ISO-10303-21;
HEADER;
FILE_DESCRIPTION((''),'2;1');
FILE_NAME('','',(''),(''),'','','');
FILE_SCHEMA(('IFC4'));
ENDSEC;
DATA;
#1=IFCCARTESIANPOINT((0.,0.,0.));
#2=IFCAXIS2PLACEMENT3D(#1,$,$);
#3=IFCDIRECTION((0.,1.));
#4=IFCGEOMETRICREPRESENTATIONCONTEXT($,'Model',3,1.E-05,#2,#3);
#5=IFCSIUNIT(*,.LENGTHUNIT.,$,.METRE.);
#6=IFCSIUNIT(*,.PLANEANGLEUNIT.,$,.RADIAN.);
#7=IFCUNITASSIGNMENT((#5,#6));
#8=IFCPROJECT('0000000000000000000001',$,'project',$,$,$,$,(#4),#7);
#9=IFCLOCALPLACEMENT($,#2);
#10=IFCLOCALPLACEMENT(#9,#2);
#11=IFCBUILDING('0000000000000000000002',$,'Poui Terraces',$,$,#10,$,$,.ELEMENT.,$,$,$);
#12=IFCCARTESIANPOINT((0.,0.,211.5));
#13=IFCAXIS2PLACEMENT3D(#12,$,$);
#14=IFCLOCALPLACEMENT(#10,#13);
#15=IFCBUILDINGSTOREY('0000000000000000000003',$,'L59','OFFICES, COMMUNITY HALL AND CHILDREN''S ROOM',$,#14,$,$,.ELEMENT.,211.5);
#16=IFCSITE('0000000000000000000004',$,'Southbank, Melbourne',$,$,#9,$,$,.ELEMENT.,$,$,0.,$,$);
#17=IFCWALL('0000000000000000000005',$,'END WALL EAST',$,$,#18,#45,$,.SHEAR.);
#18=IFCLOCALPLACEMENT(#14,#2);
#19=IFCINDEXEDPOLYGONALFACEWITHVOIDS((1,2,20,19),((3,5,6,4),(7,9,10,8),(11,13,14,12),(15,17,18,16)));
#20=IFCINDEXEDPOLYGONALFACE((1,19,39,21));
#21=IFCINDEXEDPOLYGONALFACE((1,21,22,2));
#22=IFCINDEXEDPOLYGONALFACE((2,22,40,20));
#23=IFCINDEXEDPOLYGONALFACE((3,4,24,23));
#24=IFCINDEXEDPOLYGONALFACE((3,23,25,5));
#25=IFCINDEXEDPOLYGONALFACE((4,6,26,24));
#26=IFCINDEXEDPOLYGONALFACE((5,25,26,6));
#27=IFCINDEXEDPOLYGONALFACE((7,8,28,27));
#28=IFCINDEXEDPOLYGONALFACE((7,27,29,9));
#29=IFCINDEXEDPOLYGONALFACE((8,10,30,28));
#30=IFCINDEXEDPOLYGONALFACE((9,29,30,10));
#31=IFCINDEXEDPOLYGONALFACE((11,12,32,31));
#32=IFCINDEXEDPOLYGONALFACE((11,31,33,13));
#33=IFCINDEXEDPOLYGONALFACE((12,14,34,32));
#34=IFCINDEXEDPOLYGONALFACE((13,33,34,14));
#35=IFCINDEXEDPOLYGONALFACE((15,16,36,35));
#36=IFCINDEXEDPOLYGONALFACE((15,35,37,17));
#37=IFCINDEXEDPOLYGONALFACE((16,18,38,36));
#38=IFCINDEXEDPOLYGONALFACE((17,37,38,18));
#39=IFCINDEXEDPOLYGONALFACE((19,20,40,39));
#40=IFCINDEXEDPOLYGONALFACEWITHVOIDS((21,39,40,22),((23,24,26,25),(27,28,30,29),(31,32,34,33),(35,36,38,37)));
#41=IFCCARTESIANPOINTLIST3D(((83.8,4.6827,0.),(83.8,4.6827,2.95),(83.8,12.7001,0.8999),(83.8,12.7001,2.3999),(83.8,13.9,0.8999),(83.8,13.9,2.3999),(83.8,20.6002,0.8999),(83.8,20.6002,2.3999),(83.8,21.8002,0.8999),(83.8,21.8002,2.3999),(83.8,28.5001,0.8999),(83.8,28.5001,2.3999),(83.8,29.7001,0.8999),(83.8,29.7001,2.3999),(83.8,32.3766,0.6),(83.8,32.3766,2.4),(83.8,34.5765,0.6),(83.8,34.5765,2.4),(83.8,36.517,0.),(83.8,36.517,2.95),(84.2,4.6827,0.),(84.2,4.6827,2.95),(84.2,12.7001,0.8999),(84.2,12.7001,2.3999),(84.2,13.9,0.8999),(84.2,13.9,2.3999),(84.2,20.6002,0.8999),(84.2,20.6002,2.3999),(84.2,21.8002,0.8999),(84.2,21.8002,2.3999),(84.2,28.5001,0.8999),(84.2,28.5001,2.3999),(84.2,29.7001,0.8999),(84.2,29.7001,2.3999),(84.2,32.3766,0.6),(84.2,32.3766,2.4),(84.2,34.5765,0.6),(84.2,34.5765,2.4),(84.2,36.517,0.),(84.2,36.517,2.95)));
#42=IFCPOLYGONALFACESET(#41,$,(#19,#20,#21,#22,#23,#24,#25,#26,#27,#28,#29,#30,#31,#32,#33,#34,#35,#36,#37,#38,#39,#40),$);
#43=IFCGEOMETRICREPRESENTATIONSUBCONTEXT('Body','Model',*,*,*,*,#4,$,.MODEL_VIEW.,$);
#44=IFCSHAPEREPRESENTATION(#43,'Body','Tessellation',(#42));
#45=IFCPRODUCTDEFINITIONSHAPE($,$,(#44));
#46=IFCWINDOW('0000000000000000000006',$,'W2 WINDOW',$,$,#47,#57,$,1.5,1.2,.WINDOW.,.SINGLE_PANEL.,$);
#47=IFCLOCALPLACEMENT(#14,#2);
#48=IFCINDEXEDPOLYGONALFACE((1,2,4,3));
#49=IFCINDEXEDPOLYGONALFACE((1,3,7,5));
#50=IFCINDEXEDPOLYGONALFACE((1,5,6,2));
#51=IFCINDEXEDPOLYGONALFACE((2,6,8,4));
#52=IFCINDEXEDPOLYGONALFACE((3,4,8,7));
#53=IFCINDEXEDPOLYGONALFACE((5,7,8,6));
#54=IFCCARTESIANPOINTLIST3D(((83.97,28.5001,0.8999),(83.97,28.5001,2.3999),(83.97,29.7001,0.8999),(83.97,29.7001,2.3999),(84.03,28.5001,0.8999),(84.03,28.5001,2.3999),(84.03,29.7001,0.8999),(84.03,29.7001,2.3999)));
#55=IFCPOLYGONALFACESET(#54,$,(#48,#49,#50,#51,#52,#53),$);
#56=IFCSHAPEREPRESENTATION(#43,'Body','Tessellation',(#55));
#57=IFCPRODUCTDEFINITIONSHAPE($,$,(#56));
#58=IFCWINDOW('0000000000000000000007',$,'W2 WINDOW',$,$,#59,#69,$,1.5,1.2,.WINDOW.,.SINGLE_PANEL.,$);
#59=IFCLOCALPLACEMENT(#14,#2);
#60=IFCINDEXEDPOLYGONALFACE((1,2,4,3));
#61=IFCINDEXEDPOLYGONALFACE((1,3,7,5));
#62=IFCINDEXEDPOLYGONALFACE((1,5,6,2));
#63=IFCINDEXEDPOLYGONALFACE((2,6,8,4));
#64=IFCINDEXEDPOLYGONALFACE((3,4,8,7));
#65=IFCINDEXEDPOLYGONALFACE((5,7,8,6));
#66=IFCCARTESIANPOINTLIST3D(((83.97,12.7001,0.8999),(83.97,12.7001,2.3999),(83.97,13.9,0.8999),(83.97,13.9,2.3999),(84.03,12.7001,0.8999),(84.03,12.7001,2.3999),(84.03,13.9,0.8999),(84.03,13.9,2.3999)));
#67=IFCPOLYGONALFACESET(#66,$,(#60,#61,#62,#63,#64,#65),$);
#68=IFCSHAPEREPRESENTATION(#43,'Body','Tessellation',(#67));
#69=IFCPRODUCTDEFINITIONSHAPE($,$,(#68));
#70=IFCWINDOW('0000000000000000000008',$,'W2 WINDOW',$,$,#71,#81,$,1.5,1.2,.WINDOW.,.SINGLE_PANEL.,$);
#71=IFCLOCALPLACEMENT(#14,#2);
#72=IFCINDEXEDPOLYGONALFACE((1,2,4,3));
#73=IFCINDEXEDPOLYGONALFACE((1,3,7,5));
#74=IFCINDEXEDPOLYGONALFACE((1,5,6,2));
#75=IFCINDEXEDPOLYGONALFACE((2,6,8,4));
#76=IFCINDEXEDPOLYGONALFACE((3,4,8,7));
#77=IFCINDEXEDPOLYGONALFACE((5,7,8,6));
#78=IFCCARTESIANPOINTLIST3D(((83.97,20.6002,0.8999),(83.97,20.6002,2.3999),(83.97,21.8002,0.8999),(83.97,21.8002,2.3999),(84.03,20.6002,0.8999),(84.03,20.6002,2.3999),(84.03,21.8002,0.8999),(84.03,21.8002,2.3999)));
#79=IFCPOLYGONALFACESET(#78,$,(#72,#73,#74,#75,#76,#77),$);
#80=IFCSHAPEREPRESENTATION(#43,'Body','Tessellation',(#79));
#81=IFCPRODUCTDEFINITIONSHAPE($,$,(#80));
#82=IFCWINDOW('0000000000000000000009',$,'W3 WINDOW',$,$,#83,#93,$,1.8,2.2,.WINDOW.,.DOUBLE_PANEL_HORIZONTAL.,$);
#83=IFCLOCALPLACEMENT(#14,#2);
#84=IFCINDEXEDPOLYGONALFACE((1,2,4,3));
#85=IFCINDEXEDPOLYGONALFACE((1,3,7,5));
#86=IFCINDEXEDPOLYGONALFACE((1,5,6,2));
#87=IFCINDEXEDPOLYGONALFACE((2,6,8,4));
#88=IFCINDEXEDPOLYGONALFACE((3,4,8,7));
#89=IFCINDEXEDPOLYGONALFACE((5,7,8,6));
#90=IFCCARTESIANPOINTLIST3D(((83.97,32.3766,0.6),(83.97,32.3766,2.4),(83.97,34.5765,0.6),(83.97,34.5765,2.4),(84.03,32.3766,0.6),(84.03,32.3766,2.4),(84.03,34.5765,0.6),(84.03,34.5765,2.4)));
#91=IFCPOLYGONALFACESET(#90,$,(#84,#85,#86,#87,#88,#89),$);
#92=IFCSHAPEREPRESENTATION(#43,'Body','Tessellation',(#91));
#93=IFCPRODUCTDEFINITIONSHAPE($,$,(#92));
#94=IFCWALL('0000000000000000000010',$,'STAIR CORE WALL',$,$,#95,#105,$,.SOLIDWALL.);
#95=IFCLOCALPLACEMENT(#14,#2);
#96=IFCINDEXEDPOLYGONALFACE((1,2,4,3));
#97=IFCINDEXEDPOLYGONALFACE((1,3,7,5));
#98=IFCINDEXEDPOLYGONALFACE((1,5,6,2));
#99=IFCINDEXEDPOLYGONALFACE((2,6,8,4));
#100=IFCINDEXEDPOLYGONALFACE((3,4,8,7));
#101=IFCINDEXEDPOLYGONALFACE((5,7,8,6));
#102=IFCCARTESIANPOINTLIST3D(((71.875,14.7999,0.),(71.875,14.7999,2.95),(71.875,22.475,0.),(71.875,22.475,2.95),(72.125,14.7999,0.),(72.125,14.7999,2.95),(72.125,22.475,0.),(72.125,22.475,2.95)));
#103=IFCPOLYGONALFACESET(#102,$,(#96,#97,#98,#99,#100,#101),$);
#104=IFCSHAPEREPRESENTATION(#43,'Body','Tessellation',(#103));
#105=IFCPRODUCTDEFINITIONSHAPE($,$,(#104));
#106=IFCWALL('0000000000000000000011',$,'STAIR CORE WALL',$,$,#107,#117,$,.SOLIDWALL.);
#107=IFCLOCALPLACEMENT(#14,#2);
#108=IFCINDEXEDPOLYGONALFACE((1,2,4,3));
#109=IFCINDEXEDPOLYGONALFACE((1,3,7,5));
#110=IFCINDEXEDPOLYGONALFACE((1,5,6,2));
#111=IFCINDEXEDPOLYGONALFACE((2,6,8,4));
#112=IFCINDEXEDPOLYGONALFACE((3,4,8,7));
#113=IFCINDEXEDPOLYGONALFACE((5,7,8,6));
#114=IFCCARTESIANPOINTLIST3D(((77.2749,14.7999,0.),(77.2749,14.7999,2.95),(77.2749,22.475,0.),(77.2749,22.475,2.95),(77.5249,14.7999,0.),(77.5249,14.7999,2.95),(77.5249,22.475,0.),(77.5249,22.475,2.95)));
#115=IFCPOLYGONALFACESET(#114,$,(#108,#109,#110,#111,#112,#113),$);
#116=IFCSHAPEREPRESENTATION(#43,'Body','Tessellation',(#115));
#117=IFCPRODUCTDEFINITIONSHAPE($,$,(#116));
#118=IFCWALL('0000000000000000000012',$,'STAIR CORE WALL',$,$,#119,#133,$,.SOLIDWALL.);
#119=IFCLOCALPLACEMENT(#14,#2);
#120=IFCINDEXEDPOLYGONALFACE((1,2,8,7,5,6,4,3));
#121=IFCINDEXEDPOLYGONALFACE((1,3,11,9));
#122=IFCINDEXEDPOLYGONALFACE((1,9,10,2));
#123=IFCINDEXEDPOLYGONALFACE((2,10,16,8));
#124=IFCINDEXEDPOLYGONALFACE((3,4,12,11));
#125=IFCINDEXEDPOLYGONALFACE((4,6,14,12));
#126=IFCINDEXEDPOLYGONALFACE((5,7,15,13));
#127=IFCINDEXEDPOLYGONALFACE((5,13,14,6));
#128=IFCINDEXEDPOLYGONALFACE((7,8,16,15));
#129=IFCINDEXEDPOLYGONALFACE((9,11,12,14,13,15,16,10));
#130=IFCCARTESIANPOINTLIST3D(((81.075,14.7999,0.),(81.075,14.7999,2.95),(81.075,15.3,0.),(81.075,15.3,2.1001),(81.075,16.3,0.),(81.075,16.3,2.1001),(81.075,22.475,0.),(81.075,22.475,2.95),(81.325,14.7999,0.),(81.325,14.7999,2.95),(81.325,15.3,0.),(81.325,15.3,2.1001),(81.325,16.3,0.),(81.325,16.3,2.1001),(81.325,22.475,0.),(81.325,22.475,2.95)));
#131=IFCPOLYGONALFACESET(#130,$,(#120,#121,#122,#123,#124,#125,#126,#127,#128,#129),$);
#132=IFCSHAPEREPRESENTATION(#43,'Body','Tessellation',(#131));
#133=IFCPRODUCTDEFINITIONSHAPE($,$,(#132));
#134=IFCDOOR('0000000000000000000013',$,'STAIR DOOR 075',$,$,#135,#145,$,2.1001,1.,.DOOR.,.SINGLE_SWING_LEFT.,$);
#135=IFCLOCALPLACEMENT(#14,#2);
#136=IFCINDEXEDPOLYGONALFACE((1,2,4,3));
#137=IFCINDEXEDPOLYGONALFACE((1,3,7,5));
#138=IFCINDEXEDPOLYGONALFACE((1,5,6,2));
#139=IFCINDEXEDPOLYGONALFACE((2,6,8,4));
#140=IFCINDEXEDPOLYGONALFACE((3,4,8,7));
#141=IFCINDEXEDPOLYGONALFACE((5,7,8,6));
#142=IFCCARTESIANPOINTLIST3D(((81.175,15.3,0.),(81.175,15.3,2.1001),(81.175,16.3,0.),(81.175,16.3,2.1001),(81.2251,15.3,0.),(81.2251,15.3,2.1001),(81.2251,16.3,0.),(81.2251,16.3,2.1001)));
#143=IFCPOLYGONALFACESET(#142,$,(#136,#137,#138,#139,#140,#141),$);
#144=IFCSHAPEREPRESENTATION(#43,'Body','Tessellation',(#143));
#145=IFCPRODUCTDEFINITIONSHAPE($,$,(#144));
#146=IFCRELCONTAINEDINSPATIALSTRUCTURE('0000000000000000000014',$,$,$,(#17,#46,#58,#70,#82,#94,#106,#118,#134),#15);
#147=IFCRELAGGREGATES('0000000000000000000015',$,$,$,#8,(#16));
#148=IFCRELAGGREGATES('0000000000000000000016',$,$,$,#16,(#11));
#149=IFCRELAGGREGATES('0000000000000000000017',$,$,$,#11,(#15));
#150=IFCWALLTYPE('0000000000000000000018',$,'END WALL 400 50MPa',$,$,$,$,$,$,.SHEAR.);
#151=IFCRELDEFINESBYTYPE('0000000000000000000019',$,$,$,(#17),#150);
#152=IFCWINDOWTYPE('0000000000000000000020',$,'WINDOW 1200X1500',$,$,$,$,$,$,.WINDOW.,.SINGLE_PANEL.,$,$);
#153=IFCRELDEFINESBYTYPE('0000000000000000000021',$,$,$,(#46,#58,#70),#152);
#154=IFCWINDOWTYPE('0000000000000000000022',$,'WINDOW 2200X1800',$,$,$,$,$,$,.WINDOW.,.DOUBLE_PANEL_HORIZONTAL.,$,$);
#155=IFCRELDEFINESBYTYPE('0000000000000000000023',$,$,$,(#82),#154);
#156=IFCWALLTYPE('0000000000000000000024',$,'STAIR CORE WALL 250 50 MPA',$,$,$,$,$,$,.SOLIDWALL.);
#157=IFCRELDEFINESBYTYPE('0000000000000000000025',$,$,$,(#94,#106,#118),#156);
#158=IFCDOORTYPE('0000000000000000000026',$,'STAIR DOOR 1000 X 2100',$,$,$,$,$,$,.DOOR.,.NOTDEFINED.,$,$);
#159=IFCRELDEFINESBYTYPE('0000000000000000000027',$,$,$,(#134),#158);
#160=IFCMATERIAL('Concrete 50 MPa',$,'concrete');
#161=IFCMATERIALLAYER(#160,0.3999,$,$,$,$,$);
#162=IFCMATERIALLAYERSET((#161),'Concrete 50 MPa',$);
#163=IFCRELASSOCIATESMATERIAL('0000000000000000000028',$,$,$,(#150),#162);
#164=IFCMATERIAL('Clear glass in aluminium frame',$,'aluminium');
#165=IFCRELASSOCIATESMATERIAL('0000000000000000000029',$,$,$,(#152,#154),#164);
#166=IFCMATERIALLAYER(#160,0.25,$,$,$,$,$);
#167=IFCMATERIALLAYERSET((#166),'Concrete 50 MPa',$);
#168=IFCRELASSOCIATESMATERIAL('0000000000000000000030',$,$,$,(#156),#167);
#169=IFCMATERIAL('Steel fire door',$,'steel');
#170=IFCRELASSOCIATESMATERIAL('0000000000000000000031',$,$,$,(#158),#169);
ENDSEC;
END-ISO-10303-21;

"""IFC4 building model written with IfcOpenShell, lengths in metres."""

from ifc_helpers import new_model, si_unit, direction, frame, frame_2d, origin, place, context, subcontext, project, spatial, rectangle, extrude, material, layer, layer_set, type_object, element, fill, save


model = new_model("IFC4")

# Units and contexts
model_context = context("Model", 3, precision=1e-05, world=origin(), true_north=direction((0.0, 1.0)))
body_context = subcontext(model_context, "Body", "Model", "MODEL_VIEW")
ifc_project = project(units=[si_unit("LENGTHUNIT", "METRE"), si_unit("PLANEANGLEUNIT", "RADIAN")], contexts=[model_context])

# Site, building, storey
site_placement = place(None, origin())
site = spatial("IfcSite", under=ifc_project, at=site_placement, Name="Southbank, Melbourne", CompositionType="ELEMENT", RefElevation=0.0)
building_placement = place(site_placement, origin())
building = spatial("IfcBuilding", under=site, at=building_placement, Name="Poui Terraces", CompositionType="ELEMENT")
storey_placement = place(building_placement, frame((0.0, 0.0, 211.5)))
storey = spatial("IfcBuildingStorey", under=building, at=storey_placement, Name="L59", Description="OFFICES, COMMUNITY HALL AND CHILDREN'S ROOM", CompositionType="ELEMENT", Elevation=211.5)

# Shared definitions
ifc_material_1 = material(Name="Concrete 50 MPa", Category="concrete")

# Shared definitions
ifc_material_2 = material(Name="Steel fire door", Category="steel")

# Wall, openings, windows
ifc_layer_1 = layer(ifc_material_1, 0.3999)
ifc_layer_set_1 = layer_set([ifc_layer_1], Name="Concrete 50 MPa")
wall_type_1 = type_object("IfcWallType", Name="END WALL 400 50MPa", PredefinedType="SHEAR", material=ifc_layer_set_1)
wall_1_placement = place(storey_placement, frame((84.0, 4.6829, 0.0), z_axis=(0.0, 0.0, 1.0), x_axis=(0.0, 1.0, 0.0)))
wall_1 = element("IfcWall", 1, at=wall_1_placement, inside=storey, type_object=wall_type_1, Name="END WALL EAST", PredefinedType="SHEAR", context=body_context, shape_type="SweptSolid", body=[
    extrude(rectangle(XDim=31.8342, YDim=0.3999, at=frame_2d((15.917, 0.0))), origin(), (0.0, 0.0, 1.0), 2.95),
])
opening_1_placement = place(wall_1_placement, frame((23.8171, 0.0, 0.8999)))
opening_1 = element("IfcOpeningElement", 2, at=opening_1_placement, cuts=wall_1, PredefinedType="OPENING", context=body_context, shape_type="SweptSolid", body=[
    extrude(rectangle(XDim=1.2, YDim=1.5, at=frame_2d((0.6001, 0.75))), frame((0.0, 0.21, 0.0), z_axis=(0.0, -1.0, 0.0), x_axis=(1.0, 0.0, 0.0)), (0.0, 0.0, 1.0), 0.4199),
])
opening_2_placement = place(wall_1_placement, frame((8.0171, 0.0, 0.8999)))
opening_2 = element("IfcOpeningElement", 3, at=opening_2_placement, cuts=wall_1, PredefinedType="OPENING", context=body_context, shape_type="SweptSolid", body=[
    extrude(rectangle(XDim=1.2, YDim=1.5, at=frame_2d((0.6001, 0.75))), frame((0.0, 0.21, 0.0), z_axis=(0.0, -1.0, 0.0), x_axis=(1.0, 0.0, 0.0)), (0.0, 0.0, 1.0), 0.4199),
])
opening_3_placement = place(wall_1_placement, frame((27.6936, 0.0, 0.6001)))
opening_3 = element("IfcOpeningElement", 4, at=opening_3_placement, cuts=wall_1, PredefinedType="OPENING", context=body_context, shape_type="SweptSolid", body=[
    extrude(rectangle(XDim=2.2, YDim=1.8, at=frame_2d((1.1001, 0.8999))), frame((0.0, 0.21, 0.0), z_axis=(0.0, -1.0, 0.0), x_axis=(1.0, 0.0, 0.0)), (0.0, 0.0, 1.0), 0.4199),
])
opening_4_placement = place(wall_1_placement, frame((15.9172, 0.0, 0.8999)))
opening_4 = element("IfcOpeningElement", 5, at=opening_4_placement, cuts=wall_1, PredefinedType="OPENING", context=body_context, shape_type="SweptSolid", body=[
    extrude(rectangle(XDim=1.2, YDim=1.5, at=frame_2d((0.6001, 0.75))), frame((0.0, 0.21, 0.0), z_axis=(0.0, -1.0, 0.0), x_axis=(1.0, 0.0, 0.0)), (0.0, 0.0, 1.0), 0.4199),
])
ifc_material_3 = material(Name="Clear glass in aluminium frame", Category="aluminium")
window_type_1 = type_object("IfcWindowType", Name="WINDOW 1200X1500", PartitioningType="SINGLE_PANEL", PredefinedType="WINDOW", material=ifc_material_3)
window_1_placement = place(opening_1_placement, origin())
window_1 = element("IfcWindow", 6, at=window_1_placement, inside=storey, type_object=window_type_1, Name="W2 WINDOW", OverallHeight=1.5, OverallWidth=1.2, PartitioningType="SINGLE_PANEL", PredefinedType="WINDOW", context=body_context, shape_type="SweptSolid", body=[
    extrude(rectangle(XDim=1.2, YDim=1.5, at=frame_2d((0.6001, 0.75))), frame((0.0, 0.03, 0.0), z_axis=(0.0, -1.0, 0.0), x_axis=(1.0, 0.0, 0.0)), (0.0, 0.0, 1.0), 0.0601),
])
fill(opening_1, window_1)
window_2_placement = place(opening_2_placement, origin())
window_2 = element("IfcWindow", 7, at=window_2_placement, inside=storey, type_object=window_type_1, Name="W2 WINDOW", OverallHeight=1.5, OverallWidth=1.2, PartitioningType="SINGLE_PANEL", PredefinedType="WINDOW", context=body_context, shape_type="SweptSolid", body=[
    extrude(rectangle(XDim=1.2, YDim=1.5, at=frame_2d((0.6001, 0.75))), frame((0.0, 0.03, 0.0), z_axis=(0.0, -1.0, 0.0), x_axis=(1.0, 0.0, 0.0)), (0.0, 0.0, 1.0), 0.0601),
])
fill(opening_2, window_2)
window_3_placement = place(opening_4_placement, origin())
window_3 = element("IfcWindow", 8, at=window_3_placement, inside=storey, type_object=window_type_1, Name="W2 WINDOW", OverallHeight=1.5, OverallWidth=1.2, PartitioningType="SINGLE_PANEL", PredefinedType="WINDOW", context=body_context, shape_type="SweptSolid", body=[
    extrude(rectangle(XDim=1.2, YDim=1.5, at=frame_2d((0.6001, 0.75))), frame((0.0, 0.03, 0.0), z_axis=(0.0, -1.0, 0.0), x_axis=(1.0, 0.0, 0.0)), (0.0, 0.0, 1.0), 0.0601),
])
fill(opening_4, window_3)
window_type_2 = type_object("IfcWindowType", Name="WINDOW 2200X1800", PartitioningType="DOUBLE_PANEL_HORIZONTAL", PredefinedType="WINDOW", material=ifc_material_3)
window_4_placement = place(opening_3_placement, origin())
window_4 = element("IfcWindow", 9, at=window_4_placement, inside=storey, type_object=window_type_2, Name="W3 WINDOW", OverallHeight=1.8, OverallWidth=2.2, PartitioningType="DOUBLE_PANEL_HORIZONTAL", PredefinedType="WINDOW", context=body_context, shape_type="SweptSolid", body=[
    extrude(rectangle(XDim=2.2, YDim=1.8, at=frame_2d((1.1001, 0.8999))), frame((0.0, 0.03, 0.0), z_axis=(0.0, -1.0, 0.0), x_axis=(1.0, 0.0, 0.0)), (0.0, 0.0, 1.0), 0.0601),
])
fill(opening_3, window_4)

# Walls
ifc_layer_2 = layer(ifc_material_1, 0.25)
ifc_layer_set_2 = layer_set([ifc_layer_2], Name="Concrete 50 MPa")
wall_type_2 = type_object("IfcWallType", Name="STAIR CORE WALL 250 50 MPA", PredefinedType="SOLIDWALL", material=ifc_layer_set_2)
for number, where, z_axis, x_axis, name in (
    (10, (72.0, 14.8, 0.0), (0.0, 0.0, 1.0), (0.0, 1.0, 0.0), "STAIR CORE WALL"),
    (11, (77.3999, 14.8, 0.0), (0.0, 0.0, 1.0), (0.0, 1.0, 0.0), "STAIR CORE WALL"),
):
    element("IfcWall", number, at=place(storey_placement, frame(where, z_axis=z_axis, x_axis=x_axis)), inside=storey, type_object=wall_type_2, Name=name, PredefinedType="SOLIDWALL", context=body_context, shape_type="SweptSolid", body=[
        extrude(rectangle(XDim=7.675, YDim=0.25, at=frame_2d((3.8374, 0.0))), origin(), (0.0, 0.0, 1.0), 2.95),
    ])

# Wall, opening, door
wall_2_placement = place(storey_placement, frame((81.2, 14.8, 0.0), z_axis=(0.0, 0.0, 1.0), x_axis=(0.0, 1.0, 0.0)))
wall_2 = element("IfcWall", 12, at=wall_2_placement, inside=storey, type_object=wall_type_2, Name="STAIR CORE WALL", PredefinedType="SOLIDWALL", context=body_context, shape_type="SweptSolid", body=[
    extrude(rectangle(XDim=7.675, YDim=0.25, at=frame_2d((3.8374, 0.0))), origin(), (0.0, 0.0, 1.0), 2.95),
])
opening_5_placement = place(wall_2_placement, frame((0.5, 0.0, 0.0)))
opening_5 = element("IfcOpeningElement", 13, at=opening_5_placement, cuts=wall_2, PredefinedType="OPENING", context=body_context, shape_type="SweptSolid", body=[
    extrude(rectangle(XDim=1.0, YDim=2.1001, at=frame_2d((0.5, 1.05))), frame((0.0, 0.135, 0.0), z_axis=(0.0, -1.0, 0.0), x_axis=(1.0, 0.0, 0.0)), (0.0, 0.0, 1.0), 0.27),
])
door_type_1 = type_object("IfcDoorType", Name="STAIR DOOR 1000 X 2100", OperationType="NOTDEFINED", PredefinedType="DOOR", material=ifc_material_2)
door_1_placement = place(opening_5_placement, origin())
door_1 = element("IfcDoor", 14, at=door_1_placement, inside=storey, type_object=door_type_1, Name="STAIR DOOR 075", OperationType="SINGLE_SWING_LEFT", OverallHeight=2.1001, OverallWidth=1.0, PredefinedType="DOOR", context=body_context, shape_type="SweptSolid", body=[
    extrude(rectangle(XDim=1.0, YDim=2.1001, at=frame_2d((0.5, 1.05))), frame((0.0, 0.0249, 0.0), z_axis=(0.0, -1.0, 0.0), x_axis=(1.0, 0.0, 0.0)), (0.0, 0.0, 1.0), 0.05),
])
fill(opening_5, door_1)

save(model, "model.ifc")
